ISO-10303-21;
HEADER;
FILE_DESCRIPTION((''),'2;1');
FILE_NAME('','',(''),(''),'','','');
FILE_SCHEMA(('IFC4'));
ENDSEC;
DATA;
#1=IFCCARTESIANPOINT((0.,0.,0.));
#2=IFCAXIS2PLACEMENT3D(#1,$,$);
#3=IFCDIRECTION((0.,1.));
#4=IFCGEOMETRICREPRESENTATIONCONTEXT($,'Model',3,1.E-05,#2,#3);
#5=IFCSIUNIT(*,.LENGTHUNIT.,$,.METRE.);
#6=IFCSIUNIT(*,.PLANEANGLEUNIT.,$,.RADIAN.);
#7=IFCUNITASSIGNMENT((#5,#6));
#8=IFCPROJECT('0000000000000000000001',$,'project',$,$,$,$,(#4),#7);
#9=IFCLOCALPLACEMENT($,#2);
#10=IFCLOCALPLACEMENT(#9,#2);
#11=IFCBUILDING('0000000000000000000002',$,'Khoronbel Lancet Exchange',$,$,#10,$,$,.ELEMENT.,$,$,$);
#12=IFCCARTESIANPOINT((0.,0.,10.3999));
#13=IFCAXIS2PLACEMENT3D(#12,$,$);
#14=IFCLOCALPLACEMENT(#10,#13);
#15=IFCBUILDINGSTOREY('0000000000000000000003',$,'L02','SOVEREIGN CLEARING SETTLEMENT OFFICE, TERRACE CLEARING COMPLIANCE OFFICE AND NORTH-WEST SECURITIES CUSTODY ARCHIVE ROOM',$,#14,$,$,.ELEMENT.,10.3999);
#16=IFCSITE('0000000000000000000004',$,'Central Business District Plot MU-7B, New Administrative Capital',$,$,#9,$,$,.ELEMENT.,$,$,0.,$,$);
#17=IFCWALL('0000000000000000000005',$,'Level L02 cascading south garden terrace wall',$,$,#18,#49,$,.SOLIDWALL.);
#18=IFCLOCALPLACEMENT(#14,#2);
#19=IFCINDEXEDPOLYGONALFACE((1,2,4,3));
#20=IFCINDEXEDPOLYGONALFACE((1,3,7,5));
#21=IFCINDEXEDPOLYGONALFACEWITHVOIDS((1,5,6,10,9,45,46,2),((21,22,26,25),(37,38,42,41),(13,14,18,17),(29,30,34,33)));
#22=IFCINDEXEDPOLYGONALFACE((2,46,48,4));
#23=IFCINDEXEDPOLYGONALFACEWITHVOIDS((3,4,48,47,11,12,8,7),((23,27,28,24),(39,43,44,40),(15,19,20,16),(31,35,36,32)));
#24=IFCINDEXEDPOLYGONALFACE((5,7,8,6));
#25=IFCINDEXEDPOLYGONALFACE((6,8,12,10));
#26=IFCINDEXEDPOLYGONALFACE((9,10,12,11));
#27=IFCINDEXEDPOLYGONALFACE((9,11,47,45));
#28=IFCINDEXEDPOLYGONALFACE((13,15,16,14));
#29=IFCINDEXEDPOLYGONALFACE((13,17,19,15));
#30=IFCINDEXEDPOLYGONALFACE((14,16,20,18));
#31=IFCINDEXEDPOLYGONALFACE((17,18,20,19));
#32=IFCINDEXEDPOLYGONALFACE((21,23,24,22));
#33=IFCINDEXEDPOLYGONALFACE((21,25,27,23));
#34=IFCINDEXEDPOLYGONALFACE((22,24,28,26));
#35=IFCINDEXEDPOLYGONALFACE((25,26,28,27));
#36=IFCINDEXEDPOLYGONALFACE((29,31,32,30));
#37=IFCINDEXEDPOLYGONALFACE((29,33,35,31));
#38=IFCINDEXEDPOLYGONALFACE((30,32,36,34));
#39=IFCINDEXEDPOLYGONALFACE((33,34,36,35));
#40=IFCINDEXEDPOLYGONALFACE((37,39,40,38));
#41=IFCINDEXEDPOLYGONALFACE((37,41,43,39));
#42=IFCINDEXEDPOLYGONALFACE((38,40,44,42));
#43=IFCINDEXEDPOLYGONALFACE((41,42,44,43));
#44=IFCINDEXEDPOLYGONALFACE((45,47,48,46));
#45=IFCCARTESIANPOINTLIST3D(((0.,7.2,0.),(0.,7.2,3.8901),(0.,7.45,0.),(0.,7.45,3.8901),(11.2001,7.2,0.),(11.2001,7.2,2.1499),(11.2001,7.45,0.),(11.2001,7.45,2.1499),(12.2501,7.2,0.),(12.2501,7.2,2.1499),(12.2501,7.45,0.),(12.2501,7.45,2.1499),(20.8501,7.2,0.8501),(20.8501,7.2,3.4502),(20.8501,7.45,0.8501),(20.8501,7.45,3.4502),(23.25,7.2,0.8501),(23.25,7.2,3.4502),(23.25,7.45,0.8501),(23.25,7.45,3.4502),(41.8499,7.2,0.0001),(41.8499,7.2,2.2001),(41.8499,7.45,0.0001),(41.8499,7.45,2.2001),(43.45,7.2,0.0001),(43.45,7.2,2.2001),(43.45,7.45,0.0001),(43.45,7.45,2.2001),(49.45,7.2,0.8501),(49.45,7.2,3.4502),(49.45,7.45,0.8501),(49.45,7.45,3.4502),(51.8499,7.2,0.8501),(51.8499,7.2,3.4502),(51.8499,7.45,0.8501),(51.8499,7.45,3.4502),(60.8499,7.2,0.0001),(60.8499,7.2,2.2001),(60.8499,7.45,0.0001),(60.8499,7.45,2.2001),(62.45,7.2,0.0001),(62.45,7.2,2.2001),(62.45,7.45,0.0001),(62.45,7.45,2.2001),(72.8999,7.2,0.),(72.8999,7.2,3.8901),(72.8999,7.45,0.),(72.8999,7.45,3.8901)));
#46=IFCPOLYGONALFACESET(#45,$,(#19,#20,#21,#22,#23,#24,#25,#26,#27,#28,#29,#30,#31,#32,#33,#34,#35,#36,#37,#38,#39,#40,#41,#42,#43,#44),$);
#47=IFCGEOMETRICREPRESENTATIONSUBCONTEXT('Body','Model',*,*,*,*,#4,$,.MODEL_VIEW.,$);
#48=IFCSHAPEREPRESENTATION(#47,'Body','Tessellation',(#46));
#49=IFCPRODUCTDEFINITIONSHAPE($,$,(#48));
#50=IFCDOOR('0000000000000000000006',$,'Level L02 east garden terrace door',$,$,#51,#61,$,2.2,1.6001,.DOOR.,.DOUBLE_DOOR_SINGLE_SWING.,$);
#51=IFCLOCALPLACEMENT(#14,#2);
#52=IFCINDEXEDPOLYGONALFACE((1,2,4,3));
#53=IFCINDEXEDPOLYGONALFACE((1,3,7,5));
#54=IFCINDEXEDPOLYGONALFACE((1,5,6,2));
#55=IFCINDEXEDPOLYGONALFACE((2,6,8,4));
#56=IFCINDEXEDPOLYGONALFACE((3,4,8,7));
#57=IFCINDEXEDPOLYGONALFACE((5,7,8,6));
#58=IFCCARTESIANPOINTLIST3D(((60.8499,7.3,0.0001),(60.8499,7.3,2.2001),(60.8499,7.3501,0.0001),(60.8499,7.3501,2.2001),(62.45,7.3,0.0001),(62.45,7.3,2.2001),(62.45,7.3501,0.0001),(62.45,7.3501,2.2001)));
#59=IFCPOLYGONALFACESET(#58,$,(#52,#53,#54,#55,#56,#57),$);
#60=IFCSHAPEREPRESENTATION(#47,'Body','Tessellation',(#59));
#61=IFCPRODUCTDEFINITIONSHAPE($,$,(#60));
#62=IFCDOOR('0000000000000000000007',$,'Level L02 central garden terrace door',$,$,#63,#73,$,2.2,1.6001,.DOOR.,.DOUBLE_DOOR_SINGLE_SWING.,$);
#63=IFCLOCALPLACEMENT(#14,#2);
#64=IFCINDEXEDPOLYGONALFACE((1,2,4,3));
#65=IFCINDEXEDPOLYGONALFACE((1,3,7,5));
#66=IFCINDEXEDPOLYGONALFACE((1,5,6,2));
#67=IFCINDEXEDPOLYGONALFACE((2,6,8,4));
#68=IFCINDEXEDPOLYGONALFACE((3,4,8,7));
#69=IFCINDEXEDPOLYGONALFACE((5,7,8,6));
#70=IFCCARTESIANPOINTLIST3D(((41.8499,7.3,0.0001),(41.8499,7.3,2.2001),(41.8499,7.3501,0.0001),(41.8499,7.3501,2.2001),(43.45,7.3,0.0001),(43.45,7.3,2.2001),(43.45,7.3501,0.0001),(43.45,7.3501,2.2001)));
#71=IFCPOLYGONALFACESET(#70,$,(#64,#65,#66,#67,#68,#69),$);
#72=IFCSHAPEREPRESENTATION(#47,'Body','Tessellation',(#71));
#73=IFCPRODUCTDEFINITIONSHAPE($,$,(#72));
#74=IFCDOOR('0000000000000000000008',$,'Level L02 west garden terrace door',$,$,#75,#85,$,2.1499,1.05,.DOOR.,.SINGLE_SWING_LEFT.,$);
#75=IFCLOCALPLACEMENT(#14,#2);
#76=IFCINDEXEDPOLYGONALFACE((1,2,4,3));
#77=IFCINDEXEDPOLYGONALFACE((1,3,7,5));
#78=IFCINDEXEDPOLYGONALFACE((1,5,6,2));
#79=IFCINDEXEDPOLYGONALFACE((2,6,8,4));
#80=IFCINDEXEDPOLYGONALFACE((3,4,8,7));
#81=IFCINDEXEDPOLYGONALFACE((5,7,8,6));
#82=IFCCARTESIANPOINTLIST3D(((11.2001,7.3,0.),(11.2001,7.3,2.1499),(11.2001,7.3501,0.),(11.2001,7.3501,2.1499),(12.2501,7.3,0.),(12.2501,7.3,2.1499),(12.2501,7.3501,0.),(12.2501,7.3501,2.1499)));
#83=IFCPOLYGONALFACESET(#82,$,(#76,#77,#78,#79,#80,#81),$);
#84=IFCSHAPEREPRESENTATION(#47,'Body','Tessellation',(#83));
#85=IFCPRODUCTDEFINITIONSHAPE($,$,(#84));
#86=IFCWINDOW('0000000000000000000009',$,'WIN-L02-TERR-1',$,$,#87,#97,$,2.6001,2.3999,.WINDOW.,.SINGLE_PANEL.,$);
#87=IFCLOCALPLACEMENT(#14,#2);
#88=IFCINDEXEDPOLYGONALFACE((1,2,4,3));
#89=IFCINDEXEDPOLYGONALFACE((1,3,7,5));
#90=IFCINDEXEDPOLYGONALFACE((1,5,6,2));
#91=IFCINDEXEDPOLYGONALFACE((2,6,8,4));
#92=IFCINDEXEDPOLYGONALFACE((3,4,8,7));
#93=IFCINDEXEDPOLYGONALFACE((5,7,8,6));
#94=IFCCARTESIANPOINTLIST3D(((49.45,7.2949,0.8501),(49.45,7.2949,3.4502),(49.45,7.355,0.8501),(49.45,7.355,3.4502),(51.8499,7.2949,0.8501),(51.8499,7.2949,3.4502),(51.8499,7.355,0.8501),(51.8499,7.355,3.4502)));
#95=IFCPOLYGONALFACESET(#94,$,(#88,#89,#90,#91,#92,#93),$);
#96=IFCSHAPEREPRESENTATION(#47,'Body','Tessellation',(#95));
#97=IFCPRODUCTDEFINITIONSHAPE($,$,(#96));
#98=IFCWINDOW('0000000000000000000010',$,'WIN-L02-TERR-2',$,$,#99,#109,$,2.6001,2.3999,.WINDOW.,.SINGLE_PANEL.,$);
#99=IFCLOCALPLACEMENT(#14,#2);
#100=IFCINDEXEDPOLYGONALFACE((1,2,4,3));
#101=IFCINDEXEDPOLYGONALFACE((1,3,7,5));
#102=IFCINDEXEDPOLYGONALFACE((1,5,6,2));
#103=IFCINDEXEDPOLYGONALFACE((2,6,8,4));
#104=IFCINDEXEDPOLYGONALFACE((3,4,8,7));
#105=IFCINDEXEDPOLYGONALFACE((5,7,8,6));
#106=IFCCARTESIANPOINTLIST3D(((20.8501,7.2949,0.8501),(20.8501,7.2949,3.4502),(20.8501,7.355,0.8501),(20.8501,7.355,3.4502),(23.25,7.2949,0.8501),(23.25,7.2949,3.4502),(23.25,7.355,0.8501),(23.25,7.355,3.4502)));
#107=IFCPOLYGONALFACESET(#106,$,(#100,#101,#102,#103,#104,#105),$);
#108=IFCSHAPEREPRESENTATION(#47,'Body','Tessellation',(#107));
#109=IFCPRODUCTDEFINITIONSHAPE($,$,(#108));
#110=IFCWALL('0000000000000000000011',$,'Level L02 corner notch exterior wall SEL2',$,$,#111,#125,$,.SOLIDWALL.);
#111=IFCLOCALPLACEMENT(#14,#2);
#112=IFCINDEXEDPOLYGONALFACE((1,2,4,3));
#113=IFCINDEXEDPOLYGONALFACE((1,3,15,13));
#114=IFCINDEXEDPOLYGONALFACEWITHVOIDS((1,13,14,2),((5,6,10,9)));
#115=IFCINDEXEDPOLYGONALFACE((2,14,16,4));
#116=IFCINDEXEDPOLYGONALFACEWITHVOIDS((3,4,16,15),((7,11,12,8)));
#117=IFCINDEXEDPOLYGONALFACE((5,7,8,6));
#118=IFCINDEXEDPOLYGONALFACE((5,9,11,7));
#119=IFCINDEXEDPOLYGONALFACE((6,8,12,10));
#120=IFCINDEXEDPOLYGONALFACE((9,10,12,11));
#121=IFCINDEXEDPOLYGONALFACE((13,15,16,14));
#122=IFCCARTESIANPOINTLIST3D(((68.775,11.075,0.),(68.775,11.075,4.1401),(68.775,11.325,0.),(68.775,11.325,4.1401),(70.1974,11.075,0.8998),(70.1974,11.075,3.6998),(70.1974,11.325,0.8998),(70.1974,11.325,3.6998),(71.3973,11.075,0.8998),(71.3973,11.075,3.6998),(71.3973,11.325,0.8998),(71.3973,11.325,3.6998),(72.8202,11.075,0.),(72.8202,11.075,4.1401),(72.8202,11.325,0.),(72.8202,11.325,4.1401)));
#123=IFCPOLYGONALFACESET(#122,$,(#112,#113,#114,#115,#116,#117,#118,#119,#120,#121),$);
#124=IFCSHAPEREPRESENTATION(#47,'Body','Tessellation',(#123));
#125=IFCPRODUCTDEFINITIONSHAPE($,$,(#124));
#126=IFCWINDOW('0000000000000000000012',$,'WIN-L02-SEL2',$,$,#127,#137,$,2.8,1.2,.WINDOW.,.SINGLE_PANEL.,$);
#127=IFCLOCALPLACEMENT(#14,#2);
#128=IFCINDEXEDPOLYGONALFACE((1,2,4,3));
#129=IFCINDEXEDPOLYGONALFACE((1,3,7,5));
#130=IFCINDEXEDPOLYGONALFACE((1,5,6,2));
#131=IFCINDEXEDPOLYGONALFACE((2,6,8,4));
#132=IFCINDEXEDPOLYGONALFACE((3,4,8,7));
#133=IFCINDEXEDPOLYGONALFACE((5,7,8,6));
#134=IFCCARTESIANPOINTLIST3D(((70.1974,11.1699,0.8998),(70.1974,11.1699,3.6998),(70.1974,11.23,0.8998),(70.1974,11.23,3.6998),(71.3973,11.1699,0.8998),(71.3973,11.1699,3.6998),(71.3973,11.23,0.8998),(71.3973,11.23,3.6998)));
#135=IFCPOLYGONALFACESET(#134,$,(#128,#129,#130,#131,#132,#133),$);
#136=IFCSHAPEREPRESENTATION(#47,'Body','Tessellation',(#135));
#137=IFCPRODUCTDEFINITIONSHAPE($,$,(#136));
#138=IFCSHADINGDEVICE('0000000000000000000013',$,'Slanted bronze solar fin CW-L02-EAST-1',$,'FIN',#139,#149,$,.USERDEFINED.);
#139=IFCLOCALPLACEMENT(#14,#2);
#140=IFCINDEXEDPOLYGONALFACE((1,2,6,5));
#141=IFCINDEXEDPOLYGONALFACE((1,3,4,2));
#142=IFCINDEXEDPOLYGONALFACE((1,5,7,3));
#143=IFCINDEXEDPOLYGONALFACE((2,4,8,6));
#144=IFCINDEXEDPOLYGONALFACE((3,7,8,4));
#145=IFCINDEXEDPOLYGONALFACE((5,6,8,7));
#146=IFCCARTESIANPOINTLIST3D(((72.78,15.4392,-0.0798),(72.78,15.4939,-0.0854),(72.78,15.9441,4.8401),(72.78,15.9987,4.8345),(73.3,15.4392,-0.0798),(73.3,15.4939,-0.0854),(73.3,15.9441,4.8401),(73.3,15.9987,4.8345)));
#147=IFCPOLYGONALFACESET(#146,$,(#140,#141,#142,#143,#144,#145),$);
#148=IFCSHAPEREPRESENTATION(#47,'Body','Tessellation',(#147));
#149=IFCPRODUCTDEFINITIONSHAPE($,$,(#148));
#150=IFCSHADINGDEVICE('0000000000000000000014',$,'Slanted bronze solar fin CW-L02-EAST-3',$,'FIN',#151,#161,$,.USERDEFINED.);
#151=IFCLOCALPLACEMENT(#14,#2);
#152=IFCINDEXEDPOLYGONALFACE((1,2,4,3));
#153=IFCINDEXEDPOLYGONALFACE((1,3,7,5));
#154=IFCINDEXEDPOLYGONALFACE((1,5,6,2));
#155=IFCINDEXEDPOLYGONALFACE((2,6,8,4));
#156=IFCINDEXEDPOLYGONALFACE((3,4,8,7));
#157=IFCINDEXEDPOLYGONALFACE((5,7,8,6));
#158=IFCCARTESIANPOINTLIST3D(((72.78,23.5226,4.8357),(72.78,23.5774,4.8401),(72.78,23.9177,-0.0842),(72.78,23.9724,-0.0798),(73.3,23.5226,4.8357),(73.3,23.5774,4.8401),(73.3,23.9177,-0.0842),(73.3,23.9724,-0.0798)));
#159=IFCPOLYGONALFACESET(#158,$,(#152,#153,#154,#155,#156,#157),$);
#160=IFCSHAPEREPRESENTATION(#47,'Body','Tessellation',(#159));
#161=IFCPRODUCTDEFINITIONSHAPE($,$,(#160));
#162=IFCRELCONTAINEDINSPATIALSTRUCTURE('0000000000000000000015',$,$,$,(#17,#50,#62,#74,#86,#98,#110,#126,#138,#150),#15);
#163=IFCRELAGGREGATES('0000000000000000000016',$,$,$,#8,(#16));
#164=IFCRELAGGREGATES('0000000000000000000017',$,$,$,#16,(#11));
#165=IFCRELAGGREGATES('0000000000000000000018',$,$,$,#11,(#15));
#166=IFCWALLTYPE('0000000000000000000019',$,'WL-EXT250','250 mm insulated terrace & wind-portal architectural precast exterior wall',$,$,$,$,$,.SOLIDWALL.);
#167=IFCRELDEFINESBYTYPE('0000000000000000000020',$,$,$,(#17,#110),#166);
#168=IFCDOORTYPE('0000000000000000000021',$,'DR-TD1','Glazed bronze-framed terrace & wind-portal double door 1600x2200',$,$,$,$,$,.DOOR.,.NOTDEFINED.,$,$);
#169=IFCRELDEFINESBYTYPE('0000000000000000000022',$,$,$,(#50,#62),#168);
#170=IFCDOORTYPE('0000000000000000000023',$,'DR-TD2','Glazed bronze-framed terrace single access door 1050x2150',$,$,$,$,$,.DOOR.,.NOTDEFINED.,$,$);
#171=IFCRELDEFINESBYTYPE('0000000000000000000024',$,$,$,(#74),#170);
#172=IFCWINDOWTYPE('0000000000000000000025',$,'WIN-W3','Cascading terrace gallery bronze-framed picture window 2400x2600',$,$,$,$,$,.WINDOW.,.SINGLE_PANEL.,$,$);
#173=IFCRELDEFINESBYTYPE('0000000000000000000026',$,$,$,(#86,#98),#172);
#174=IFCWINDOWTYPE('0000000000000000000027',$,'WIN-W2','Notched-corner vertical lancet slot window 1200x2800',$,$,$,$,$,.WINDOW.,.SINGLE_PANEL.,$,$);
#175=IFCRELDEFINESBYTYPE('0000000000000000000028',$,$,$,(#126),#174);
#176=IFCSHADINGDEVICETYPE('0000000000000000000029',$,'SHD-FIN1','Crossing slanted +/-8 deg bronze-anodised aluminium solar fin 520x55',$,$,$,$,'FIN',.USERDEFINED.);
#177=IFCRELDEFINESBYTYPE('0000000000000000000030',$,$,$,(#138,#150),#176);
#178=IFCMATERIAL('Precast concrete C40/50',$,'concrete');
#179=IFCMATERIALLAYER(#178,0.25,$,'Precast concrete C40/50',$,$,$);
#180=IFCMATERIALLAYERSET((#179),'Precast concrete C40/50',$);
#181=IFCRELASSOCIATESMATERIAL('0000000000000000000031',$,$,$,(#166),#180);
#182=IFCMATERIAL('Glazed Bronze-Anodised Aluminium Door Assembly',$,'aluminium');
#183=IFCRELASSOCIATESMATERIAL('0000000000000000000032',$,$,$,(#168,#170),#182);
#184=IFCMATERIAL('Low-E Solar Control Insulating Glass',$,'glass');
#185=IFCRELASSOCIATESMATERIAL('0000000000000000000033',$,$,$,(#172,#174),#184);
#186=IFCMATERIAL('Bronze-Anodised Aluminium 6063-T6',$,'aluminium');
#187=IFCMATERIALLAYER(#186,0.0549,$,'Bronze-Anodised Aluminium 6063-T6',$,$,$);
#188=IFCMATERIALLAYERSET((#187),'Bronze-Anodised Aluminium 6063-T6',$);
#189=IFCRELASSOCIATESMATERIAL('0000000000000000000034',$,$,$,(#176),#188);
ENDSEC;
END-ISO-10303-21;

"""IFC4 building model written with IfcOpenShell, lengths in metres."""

from ifc_helpers import new_model, si_unit, direction, frame, frame_2d, origin, place, context, subcontext, project, spatial, polyline, rectangle, outline, extrude, material, layer, layer_set, type_object, element, fill, save


model = new_model("IFC4")

# Units and contexts
model_context = context("Model", 3, precision=1e-05, world=origin(), true_north=direction((0.0, 1.0)))
body_context = subcontext(model_context, "Body", "Model", "MODEL_VIEW")
ifc_project = project(units=[si_unit("LENGTHUNIT", "METRE"), si_unit("PLANEANGLEUNIT", "RADIAN")], contexts=[model_context])

# Site, building, storey
site_placement = place(None, origin())
site = spatial("IfcSite", under=ifc_project, at=site_placement, Name="Central Business District Plot MU-7B, New Administrative Capital", CompositionType="ELEMENT", RefElevation=0.0)
building_placement = place(site_placement, origin())
building = spatial("IfcBuilding", under=site, at=building_placement, Name="Khoronbel Lancet Exchange", CompositionType="ELEMENT")
storey_placement = place(building_placement, frame((0.0, 0.0, 10.3999)))
storey = spatial("IfcBuildingStorey", under=building, at=storey_placement, Name="L02", Description="SOVEREIGN CLEARING SETTLEMENT OFFICE, TERRACE CLEARING COMPLIANCE OFFICE AND NORTH-WEST SECURITIES CUSTODY ARCHIVE ROOM", CompositionType="ELEMENT", Elevation=10.3999)

# Shared definitions
ifc_material_1 = material(Name="Low-E Solar Control Insulating Glass", Category="glass")
ifc_material_2 = material(Name="Bronze-Anodised Aluminium 6063-T6", Category="aluminium")

# Wall, openings, doors, windows
ifc_material_3 = material(Name="Precast concrete C40/50", Category="concrete")
ifc_layer_1 = layer(ifc_material_3, 0.25, Name="Precast concrete C40/50")
ifc_layer_set_1 = layer_set([ifc_layer_1], Name="Precast concrete C40/50")
wall_type = type_object("IfcWallType", Name="WL-EXT250", Description="250 mm insulated terrace & wind-portal architectural precast exterior wall", PredefinedType="SOLIDWALL", material=ifc_layer_set_1)
wall_1_placement = place(storey_placement, frame((72.8999, 7.325, 0.0), z_axis=(0.0, 0.0, 1.0), x_axis=(-1.0, 0.0, 0.0)))
wall_1 = element("IfcWall", 1, at=wall_1_placement, inside=storey, type_object=wall_type, Name="Level L02 cascading south garden terrace wall", PredefinedType="SOLIDWALL", context=body_context, shape_type="SweptSolid", body=[
    extrude(rectangle(XDim=72.8999, YDim=0.25, at=frame_2d((36.45, 0.0))), origin(), (0.0, 0.0, 1.0), 3.8901),
])
opening_1_placement = place(wall_1_placement, frame((10.45, 0.0, 0.0)))
opening_1 = element("IfcOpeningElement", 2, at=opening_1_placement, cuts=wall_1, PredefinedType="OPENING", context=body_context, shape_type="SweptSolid", body=[
    extrude(rectangle(XDim=1.6001, YDim=2.2, at=frame_2d((0.8, 1.1001))), frame((0.0, 0.135, 0.0), z_axis=(0.0, -1.0, 0.0), x_axis=(1.0, 0.0, 0.0)), (0.0, 0.0, 1.0), 0.27),
])
opening_2_placement = place(wall_1_placement, frame((29.45, 0.0, 0.0)))
opening_2 = element("IfcOpeningElement", 3, at=opening_2_placement, cuts=wall_1, PredefinedType="OPENING", context=body_context, shape_type="SweptSolid", body=[
    extrude(rectangle(XDim=1.6001, YDim=2.2, at=frame_2d((0.8, 1.1001))), frame((0.0, 0.135, 0.0), z_axis=(0.0, -1.0, 0.0), x_axis=(1.0, 0.0, 0.0)), (0.0, 0.0, 1.0), 0.27),
])
opening_3_placement = place(wall_1_placement, frame((60.6499, 0.0, 0.0)))
opening_3 = element("IfcOpeningElement", 4, at=opening_3_placement, cuts=wall_1, PredefinedType="OPENING", context=body_context, shape_type="SweptSolid", body=[
    extrude(rectangle(XDim=1.05, YDim=2.1499, at=frame_2d((0.5249, 1.075))), frame((0.0, 0.135, 0.0), z_axis=(0.0, -1.0, 0.0), x_axis=(1.0, 0.0, 0.0)), (0.0, 0.0, 1.0), 0.27),
])
opening_4_placement = place(wall_1_placement, frame((21.05, 0.0, 0.8501)))
opening_4 = element("IfcOpeningElement", 5, at=opening_4_placement, cuts=wall_1, PredefinedType="OPENING", context=body_context, shape_type="SweptSolid", body=[
    extrude(rectangle(XDim=2.3999, YDim=2.6001, at=frame_2d((1.2, 1.3))), frame((0.0, 0.135, 0.0), z_axis=(0.0, -1.0, 0.0), x_axis=(1.0, 0.0, 0.0)), (0.0, 0.0, 1.0), 0.27),
])
opening_5_placement = place(wall_1_placement, frame((49.6499, 0.0, 0.8501)))
opening_5 = element("IfcOpeningElement", 6, at=opening_5_placement, cuts=wall_1, PredefinedType="OPENING", context=body_context, shape_type="SweptSolid", body=[
    extrude(rectangle(XDim=2.3999, YDim=2.6001, at=frame_2d((1.2, 1.3))), frame((0.0, 0.135, 0.0), z_axis=(0.0, -1.0, 0.0), x_axis=(1.0, 0.0, 0.0)), (0.0, 0.0, 1.0), 0.27),
])
ifc_material_4 = material(Name="Glazed Bronze-Anodised Aluminium Door Assembly", Category="aluminium")
door_type_1 = type_object("IfcDoorType", Name="DR-TD1", Description="Glazed bronze-framed terrace & wind-portal double door 1600x2200", OperationType="NOTDEFINED", PredefinedType="DOOR", material=ifc_material_4)
door_1_placement = place(opening_1_placement, origin())
door_1 = element("IfcDoor", 7, at=door_1_placement, inside=storey, type_object=door_type_1, Name="Level L02 east garden terrace door", OperationType="DOUBLE_DOOR_SINGLE_SWING", OverallHeight=2.2, OverallWidth=1.6001, PredefinedType="DOOR", context=body_context, shape_type="SweptSolid", body=[
    extrude(rectangle(XDim=1.6001, YDim=2.2, at=frame_2d((0.8, 1.1001))), frame((0.0, 0.0249, 0.0), z_axis=(0.0, -1.0, 0.0), x_axis=(1.0, 0.0, 0.0)), (0.0, 0.0, 1.0), 0.05),
])
fill(opening_1, door_1)
door_2_placement = place(opening_2_placement, origin())
door_2 = element("IfcDoor", 8, at=door_2_placement, inside=storey, type_object=door_type_1, Name="Level L02 central garden terrace door", OperationType="DOUBLE_DOOR_SINGLE_SWING", OverallHeight=2.2, OverallWidth=1.6001, PredefinedType="DOOR", context=body_context, shape_type="SweptSolid", body=[
    extrude(rectangle(XDim=1.6001, YDim=2.2, at=frame_2d((0.8, 1.1001))), frame((0.0, 0.0249, 0.0), z_axis=(0.0, -1.0, 0.0), x_axis=(1.0, 0.0, 0.0)), (0.0, 0.0, 1.0), 0.05),
])
fill(opening_2, door_2)
door_type_2 = type_object("IfcDoorType", Name="DR-TD2", Description="Glazed bronze-framed terrace single access door 1050x2150", OperationType="NOTDEFINED", PredefinedType="DOOR", material=ifc_material_4)
door_3_placement = place(opening_3_placement, origin())
door_3 = element("IfcDoor", 9, at=door_3_placement, inside=storey, type_object=door_type_2, Name="Level L02 west garden terrace door", OperationType="SINGLE_SWING_LEFT", OverallHeight=2.1499, OverallWidth=1.05, PredefinedType="DOOR", context=body_context, shape_type="SweptSolid", body=[
    extrude(rectangle(XDim=1.05, YDim=2.1499, at=frame_2d((0.5249, 1.075))), frame((0.0, 0.0249, 0.0), z_axis=(0.0, -1.0, 0.0), x_axis=(1.0, 0.0, 0.0)), (0.0, 0.0, 1.0), 0.05),
])
fill(opening_3, door_3)
window_type_1 = type_object("IfcWindowType", Name="WIN-W3", Description="Cascading terrace gallery bronze-framed picture window 2400x2600", PartitioningType="SINGLE_PANEL", PredefinedType="WINDOW", material=ifc_material_1)
window_1_placement = place(opening_4_placement, origin())
window_1 = element("IfcWindow", 10, at=window_1_placement, inside=storey, type_object=window_type_1, Name="WIN-L02-TERR-1", OverallHeight=2.6001, OverallWidth=2.3999, PartitioningType="SINGLE_PANEL", PredefinedType="WINDOW", context=body_context, shape_type="SweptSolid", body=[
    extrude(rectangle(XDim=2.3999, YDim=2.6001, at=frame_2d((1.2, 1.3))), frame((0.0, 0.03, 0.0), z_axis=(0.0, -1.0, 0.0), x_axis=(1.0, 0.0, 0.0)), (0.0, 0.0, 1.0), 0.0601),
])
fill(opening_4, window_1)
window_2_placement = place(opening_5_placement, origin())
window_2 = element("IfcWindow", 11, at=window_2_placement, inside=storey, type_object=window_type_1, Name="WIN-L02-TERR-2", OverallHeight=2.6001, OverallWidth=2.3999, PartitioningType="SINGLE_PANEL", PredefinedType="WINDOW", context=body_context, shape_type="SweptSolid", body=[
    extrude(rectangle(XDim=2.3999, YDim=2.6001, at=frame_2d((1.2, 1.3))), frame((0.0, 0.03, 0.0), z_axis=(0.0, -1.0, 0.0), x_axis=(1.0, 0.0, 0.0)), (0.0, 0.0, 1.0), 0.0601),
])
fill(opening_5, window_2)

# Wall, opening, window
wall_2_placement = place(storey_placement, frame((72.8201, 11.2, 0.0), z_axis=(0.0, 0.0, 1.0), x_axis=(-1.0, 0.0, 0.0)))
wall_2 = element("IfcWall", 12, at=wall_2_placement, inside=storey, type_object=wall_type, Name="Level L02 corner notch exterior wall SEL2", PredefinedType="SOLIDWALL", context=body_context, shape_type="SweptSolid", body=[
    extrude(rectangle(XDim=4.0452, YDim=0.25, at=frame_2d((2.0225, 0.0))), origin(), (0.0, 0.0, 1.0), 4.1401),
])
opening_6_placement = place(wall_2_placement, frame((1.4226, 0.0, 0.8999)))
opening_6 = element("IfcOpeningElement", 13, at=opening_6_placement, cuts=wall_2, PredefinedType="OPENING", context=body_context, shape_type="SweptSolid", body=[
    extrude(rectangle(XDim=1.2, YDim=2.8, at=frame_2d((0.6001, 1.3999))), frame((0.0, 0.135, 0.0), z_axis=(0.0, -1.0, 0.0), x_axis=(1.0, 0.0, 0.0)), (0.0, 0.0, 1.0), 0.27),
])
window_type_2 = type_object("IfcWindowType", Name="WIN-W2", Description="Notched-corner vertical lancet slot window 1200x2800", PartitioningType="SINGLE_PANEL", PredefinedType="WINDOW", material=ifc_material_1)
window_3_placement = place(opening_6_placement, origin())
window_3 = element("IfcWindow", 14, at=window_3_placement, inside=storey, type_object=window_type_2, Name="WIN-L02-SEL2", OverallHeight=2.8, OverallWidth=1.2, PartitioningType="SINGLE_PANEL", PredefinedType="WINDOW", context=body_context, shape_type="SweptSolid", body=[
    extrude(rectangle(XDim=1.2, YDim=2.8, at=frame_2d((0.6001, 1.3999))), frame((0.0, 0.03, 0.0), z_axis=(0.0, -1.0, 0.0), x_axis=(1.0, 0.0, 0.0)), (0.0, 0.0, 1.0), 0.0601),
])
fill(opening_6, window_3)

# Shading devices
ifc_layer_2 = layer(ifc_material_2, 0.0549, Name="Bronze-Anodised Aluminium 6063-T6")
ifc_layer_set_2 = layer_set([ifc_layer_2], Name="Bronze-Anodised Aluminium 6063-T6")
shading_device_type = type_object("IfcShadingDeviceType", Name="SHD-FIN1", Description="Crossing slanted +/-8 deg bronze-anodised aluminium solar fin 520x55", ElementType="FIN", PredefinedType="USERDEFINED", material=ifc_layer_set_2)
shading_device_1_placement = place(storey_placement, frame((72.78, 15.4392, -0.0798), z_axis=(0.0, -0.994776, 0.102084), x_axis=(1.0, 0.0, 0.0)))
element("IfcShadingDevice", 15, at=shading_device_1_placement, inside=storey, type_object=shading_device_type, Name="Slanted bronze solar fin CW-L02-EAST-1", ObjectType="FIN", PredefinedType="USERDEFINED", context=body_context, shape_type="SweptSolid", body=[
    extrude(outline(polyline([(0.0, 0.0), (0.52, 0.0), (0.52, 4.9458), (0.0, 4.9458), (0.0, 0.0)])), origin(), (0.0, 0.0, -1.0), 0.0549),
])
shading_device_2_placement = place(storey_placement, frame((72.78, 23.9724, -0.0798), z_axis=(0.0, 0.996792, 0.080032), x_axis=(1.0, 0.0, 0.0)))
element("IfcShadingDevice", 16, at=shading_device_2_placement, inside=storey, type_object=shading_device_type, Name="Slanted bronze solar fin CW-L02-EAST-3", ObjectType="FIN", PredefinedType="USERDEFINED", context=body_context, shape_type="SweptSolid", body=[
    extrude(outline(polyline([(0.0, 0.0), (0.52, 0.0), (0.52, -4.9358), (0.0, -4.9358), (0.0, 0.0)])), origin(), (0.0, 0.0, -1.0), 0.0549),
])

save(model, "model.ifc")
